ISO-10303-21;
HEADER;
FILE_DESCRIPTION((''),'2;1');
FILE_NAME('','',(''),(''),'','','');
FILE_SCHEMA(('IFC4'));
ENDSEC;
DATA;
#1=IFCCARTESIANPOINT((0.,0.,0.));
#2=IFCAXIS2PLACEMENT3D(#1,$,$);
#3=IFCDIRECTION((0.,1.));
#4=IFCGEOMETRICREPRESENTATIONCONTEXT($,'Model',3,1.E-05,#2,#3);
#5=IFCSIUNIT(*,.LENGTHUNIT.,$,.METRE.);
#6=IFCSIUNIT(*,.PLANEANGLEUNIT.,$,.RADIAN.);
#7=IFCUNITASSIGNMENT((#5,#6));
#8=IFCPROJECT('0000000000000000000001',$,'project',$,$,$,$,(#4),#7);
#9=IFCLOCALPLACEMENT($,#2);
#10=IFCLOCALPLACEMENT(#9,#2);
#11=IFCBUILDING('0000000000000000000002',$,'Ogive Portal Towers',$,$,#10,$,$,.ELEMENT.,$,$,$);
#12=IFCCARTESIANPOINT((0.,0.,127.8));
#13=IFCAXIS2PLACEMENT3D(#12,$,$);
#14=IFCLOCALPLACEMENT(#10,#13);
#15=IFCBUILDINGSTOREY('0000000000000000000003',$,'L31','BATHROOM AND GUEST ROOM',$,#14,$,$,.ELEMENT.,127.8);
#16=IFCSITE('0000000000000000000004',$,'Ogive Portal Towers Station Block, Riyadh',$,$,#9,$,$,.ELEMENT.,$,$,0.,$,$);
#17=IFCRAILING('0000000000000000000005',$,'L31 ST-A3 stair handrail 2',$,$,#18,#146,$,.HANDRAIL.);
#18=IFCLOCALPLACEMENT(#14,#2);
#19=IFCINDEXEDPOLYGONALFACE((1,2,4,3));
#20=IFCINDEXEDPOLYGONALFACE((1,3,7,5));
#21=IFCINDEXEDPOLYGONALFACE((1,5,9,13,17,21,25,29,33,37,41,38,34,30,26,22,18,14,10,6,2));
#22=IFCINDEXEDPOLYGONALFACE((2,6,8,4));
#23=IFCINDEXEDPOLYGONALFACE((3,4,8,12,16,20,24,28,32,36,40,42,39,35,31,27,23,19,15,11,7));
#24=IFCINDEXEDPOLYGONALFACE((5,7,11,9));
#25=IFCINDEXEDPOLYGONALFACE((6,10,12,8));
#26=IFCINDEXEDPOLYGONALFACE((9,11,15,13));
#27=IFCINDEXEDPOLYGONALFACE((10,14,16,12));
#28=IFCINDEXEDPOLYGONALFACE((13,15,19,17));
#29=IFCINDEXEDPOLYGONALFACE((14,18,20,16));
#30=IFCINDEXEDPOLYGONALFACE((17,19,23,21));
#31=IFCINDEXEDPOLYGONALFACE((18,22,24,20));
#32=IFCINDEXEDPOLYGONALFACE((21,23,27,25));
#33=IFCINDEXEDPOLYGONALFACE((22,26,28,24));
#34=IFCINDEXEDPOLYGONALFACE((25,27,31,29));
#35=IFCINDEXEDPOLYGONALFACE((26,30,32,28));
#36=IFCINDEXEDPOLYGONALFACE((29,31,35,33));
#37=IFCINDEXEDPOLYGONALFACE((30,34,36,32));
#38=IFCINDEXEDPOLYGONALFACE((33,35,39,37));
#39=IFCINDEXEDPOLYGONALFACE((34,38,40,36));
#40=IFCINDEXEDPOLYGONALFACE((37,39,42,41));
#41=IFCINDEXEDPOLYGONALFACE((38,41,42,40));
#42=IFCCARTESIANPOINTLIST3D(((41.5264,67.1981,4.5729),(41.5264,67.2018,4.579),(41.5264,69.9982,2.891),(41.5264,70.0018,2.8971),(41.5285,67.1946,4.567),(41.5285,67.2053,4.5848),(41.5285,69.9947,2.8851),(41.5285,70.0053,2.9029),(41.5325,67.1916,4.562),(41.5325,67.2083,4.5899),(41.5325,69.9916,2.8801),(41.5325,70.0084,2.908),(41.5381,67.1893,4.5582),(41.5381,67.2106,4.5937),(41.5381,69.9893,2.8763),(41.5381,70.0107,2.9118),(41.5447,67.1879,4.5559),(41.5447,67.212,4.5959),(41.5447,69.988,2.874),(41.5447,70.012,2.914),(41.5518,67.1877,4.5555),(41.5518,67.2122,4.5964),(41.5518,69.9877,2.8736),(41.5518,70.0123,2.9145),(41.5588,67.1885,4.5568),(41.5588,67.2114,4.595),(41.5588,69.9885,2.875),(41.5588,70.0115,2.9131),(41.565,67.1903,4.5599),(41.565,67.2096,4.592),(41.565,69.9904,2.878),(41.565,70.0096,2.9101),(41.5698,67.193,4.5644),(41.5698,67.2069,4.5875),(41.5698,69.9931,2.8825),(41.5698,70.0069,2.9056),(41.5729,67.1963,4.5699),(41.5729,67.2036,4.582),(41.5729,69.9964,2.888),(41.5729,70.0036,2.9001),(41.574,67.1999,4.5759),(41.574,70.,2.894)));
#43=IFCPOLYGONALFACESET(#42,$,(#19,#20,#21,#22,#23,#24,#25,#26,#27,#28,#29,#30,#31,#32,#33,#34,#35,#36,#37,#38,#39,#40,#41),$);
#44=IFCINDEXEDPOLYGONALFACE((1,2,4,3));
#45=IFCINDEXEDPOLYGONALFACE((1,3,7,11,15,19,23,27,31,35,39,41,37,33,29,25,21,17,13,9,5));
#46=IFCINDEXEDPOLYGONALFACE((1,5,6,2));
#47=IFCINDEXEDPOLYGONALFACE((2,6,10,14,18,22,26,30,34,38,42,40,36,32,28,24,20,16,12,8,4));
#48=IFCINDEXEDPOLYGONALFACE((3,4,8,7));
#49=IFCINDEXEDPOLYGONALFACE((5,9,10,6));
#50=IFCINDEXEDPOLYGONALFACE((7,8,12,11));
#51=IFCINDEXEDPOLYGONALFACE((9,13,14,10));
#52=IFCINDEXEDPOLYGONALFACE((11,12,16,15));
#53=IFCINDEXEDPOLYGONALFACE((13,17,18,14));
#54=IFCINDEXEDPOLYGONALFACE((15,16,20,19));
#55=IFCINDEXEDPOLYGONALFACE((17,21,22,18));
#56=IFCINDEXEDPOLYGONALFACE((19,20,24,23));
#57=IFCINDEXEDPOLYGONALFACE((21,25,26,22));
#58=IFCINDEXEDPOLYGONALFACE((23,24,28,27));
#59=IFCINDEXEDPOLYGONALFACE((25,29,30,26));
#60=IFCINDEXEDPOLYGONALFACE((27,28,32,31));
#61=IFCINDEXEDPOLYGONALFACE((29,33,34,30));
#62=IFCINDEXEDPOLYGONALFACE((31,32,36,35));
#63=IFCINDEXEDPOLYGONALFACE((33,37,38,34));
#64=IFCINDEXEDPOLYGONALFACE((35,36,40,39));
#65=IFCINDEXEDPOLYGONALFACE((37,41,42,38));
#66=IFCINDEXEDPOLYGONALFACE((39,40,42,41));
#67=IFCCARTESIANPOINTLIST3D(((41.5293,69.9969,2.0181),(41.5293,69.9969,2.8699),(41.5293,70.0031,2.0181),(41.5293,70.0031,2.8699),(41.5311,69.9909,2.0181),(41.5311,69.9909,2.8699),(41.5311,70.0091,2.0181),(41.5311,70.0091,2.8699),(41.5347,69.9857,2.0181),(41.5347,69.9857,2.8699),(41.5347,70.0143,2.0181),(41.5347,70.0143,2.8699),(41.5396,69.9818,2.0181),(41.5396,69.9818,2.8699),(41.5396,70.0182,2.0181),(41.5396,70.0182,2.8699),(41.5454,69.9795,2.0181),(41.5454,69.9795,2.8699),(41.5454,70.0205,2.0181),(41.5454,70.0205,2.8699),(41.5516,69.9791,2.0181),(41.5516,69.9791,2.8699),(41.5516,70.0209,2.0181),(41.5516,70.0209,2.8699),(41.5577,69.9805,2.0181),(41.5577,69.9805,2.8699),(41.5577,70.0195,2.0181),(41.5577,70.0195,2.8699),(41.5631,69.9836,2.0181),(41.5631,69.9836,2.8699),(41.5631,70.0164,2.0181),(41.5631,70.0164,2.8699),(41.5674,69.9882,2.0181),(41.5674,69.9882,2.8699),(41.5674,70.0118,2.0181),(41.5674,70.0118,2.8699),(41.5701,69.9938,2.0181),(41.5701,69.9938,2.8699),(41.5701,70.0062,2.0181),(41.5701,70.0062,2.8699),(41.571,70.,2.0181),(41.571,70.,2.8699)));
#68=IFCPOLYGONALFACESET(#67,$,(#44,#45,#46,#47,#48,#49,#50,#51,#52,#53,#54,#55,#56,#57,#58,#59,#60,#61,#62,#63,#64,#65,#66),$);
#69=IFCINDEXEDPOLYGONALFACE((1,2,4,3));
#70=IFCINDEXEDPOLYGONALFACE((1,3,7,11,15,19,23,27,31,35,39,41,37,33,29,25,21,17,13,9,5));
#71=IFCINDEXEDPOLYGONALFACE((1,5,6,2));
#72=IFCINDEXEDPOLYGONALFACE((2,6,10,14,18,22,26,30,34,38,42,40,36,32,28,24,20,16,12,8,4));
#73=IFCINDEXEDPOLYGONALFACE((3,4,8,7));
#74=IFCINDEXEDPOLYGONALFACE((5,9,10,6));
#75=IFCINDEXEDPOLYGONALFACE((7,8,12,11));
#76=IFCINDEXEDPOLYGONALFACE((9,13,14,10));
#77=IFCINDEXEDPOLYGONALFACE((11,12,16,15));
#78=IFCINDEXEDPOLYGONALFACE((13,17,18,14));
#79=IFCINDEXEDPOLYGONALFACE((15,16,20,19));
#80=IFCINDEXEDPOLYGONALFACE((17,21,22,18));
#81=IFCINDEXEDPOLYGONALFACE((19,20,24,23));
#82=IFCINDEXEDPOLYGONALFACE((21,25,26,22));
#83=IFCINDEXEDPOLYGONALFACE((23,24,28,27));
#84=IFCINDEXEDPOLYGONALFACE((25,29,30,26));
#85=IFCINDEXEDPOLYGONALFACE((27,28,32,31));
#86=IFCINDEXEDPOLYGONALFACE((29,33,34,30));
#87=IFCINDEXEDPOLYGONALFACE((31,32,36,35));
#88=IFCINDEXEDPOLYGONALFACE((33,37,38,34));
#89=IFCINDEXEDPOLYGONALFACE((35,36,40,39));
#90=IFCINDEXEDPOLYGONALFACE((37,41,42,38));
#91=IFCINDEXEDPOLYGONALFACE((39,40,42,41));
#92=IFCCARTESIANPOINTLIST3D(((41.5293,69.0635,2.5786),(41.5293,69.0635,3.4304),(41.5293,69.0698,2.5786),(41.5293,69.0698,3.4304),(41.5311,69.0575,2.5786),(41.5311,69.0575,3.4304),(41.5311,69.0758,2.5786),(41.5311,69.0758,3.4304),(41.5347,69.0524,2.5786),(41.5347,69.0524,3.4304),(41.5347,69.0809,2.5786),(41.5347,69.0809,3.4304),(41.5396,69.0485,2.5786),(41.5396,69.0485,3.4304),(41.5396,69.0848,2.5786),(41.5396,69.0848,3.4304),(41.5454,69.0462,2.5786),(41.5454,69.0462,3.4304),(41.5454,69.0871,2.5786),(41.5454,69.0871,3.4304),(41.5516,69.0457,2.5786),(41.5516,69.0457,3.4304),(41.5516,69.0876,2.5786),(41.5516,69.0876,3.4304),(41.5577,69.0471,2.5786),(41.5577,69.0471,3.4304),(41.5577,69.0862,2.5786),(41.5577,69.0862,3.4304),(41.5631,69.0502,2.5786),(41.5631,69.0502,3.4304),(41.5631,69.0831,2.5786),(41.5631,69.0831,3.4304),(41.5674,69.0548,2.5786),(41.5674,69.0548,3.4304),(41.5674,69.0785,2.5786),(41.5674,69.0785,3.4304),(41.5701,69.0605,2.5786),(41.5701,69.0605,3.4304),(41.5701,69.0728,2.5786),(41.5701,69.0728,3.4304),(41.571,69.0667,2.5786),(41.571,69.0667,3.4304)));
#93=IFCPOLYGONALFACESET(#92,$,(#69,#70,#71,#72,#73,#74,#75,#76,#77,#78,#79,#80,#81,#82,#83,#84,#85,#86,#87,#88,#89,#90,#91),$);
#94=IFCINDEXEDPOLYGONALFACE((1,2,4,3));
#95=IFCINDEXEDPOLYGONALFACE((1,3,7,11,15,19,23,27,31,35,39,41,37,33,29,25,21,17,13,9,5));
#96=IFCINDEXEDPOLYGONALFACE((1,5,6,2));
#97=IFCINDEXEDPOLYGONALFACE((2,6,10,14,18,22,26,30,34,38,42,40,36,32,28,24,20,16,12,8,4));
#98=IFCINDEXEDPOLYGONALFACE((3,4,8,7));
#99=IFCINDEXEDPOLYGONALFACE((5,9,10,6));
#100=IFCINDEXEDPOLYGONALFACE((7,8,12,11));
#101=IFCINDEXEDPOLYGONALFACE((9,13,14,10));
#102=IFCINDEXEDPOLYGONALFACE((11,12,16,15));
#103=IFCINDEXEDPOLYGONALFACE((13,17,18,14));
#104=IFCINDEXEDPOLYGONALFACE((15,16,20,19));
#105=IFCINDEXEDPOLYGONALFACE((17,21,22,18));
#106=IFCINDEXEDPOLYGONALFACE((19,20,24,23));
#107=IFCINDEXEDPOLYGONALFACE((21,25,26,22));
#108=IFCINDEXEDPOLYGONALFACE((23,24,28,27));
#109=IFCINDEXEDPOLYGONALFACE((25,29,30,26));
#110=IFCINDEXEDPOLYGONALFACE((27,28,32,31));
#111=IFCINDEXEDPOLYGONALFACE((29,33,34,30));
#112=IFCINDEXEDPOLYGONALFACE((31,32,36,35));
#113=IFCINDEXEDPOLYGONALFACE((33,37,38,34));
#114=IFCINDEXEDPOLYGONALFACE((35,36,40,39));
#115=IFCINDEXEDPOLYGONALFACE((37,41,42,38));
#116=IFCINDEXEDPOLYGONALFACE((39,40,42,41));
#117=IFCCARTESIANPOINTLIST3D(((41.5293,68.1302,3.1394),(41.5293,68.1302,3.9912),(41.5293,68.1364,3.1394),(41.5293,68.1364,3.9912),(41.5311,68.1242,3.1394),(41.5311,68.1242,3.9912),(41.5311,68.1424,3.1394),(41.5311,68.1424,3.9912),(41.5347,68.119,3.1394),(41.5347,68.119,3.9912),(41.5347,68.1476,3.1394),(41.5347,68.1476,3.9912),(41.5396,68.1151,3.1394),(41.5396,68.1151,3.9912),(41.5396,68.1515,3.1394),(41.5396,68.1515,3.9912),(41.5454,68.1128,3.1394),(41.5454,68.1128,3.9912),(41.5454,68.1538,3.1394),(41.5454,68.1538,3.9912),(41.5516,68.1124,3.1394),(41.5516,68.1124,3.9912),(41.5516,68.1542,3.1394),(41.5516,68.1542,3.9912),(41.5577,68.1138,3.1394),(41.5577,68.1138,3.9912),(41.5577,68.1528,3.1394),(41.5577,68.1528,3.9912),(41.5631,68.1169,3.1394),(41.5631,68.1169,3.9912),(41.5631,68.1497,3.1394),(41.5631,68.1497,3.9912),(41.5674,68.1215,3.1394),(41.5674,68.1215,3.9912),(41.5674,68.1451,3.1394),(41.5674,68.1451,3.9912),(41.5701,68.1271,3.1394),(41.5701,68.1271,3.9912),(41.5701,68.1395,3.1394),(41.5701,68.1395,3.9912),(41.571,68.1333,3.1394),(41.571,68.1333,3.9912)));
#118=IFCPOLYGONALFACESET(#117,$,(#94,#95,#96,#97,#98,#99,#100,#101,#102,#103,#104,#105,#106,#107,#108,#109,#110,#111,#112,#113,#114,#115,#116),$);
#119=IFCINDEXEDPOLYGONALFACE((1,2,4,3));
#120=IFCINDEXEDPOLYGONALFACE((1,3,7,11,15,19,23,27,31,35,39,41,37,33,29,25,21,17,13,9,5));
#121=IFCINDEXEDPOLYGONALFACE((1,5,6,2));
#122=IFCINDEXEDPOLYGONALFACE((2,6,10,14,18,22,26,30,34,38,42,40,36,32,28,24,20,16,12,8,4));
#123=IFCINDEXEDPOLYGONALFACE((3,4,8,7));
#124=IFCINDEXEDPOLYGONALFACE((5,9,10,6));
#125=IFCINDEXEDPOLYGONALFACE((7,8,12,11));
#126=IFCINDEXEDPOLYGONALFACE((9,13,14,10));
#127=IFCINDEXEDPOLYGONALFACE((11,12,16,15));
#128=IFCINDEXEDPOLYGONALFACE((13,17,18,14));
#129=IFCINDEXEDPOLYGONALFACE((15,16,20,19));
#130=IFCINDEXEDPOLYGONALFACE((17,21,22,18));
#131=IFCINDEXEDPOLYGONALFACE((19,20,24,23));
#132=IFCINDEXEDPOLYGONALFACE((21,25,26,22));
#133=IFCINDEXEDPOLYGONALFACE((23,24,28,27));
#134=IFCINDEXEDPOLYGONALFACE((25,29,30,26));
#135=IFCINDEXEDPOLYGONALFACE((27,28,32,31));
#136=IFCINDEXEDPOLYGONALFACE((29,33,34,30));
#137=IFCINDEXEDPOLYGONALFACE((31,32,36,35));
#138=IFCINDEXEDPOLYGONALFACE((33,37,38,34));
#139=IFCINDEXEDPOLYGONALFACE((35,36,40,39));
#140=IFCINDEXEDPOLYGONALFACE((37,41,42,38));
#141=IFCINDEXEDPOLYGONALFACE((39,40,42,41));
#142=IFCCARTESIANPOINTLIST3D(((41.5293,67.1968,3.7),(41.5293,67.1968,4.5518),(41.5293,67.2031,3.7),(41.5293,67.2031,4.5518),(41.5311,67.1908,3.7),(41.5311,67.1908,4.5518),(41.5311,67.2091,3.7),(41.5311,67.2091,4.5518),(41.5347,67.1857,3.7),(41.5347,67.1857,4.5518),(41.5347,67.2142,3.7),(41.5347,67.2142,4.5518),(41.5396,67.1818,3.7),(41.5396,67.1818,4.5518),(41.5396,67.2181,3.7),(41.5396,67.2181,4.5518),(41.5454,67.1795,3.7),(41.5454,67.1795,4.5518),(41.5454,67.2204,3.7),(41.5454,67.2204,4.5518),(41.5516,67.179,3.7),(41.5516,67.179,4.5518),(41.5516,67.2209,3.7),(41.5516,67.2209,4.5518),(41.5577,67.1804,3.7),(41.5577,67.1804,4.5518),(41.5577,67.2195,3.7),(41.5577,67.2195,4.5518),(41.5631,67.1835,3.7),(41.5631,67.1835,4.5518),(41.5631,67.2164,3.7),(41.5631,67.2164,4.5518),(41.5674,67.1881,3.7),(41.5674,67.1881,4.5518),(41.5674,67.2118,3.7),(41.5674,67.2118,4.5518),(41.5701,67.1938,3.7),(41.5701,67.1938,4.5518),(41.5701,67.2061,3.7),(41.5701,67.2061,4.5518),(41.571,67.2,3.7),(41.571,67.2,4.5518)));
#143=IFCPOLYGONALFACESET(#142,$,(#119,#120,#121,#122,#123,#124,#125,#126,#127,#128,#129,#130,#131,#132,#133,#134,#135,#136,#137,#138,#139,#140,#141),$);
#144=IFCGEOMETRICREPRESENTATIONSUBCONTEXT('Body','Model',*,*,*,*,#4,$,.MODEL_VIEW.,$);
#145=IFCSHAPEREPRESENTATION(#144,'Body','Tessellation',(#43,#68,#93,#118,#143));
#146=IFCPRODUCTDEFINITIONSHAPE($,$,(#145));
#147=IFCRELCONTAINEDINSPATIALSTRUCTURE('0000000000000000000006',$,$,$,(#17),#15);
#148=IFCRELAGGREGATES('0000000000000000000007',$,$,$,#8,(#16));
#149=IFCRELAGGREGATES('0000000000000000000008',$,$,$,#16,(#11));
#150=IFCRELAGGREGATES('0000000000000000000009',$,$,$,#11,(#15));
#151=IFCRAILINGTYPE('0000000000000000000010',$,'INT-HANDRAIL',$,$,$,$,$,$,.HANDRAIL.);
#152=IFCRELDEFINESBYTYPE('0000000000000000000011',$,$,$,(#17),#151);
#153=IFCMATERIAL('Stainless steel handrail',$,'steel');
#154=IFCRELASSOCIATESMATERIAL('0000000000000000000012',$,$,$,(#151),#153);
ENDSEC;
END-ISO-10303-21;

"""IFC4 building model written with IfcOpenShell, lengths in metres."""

from ifc_helpers import new_model, si_unit, direction, frame, origin, origin_2d, place, context, subcontext, project, spatial, circle, extrude, material, type_object, element, save


model = new_model("IFC4")

# Units and contexts
model_context = context("Model", 3, precision=1e-05, world=origin(), true_north=direction((0.0, 1.0)))
body_context = subcontext(model_context, "Body", "Model", "MODEL_VIEW")
ifc_project = project(units=[si_unit("LENGTHUNIT", "METRE"), si_unit("PLANEANGLEUNIT", "RADIAN")], contexts=[model_context])

# Site, building, storey
site_placement = place(None, origin())
site = spatial("IfcSite", under=ifc_project, at=site_placement, Name="Ogive Portal Towers Station Block, Riyadh", CompositionType="ELEMENT", RefElevation=0.0)
building_placement = place(site_placement, origin())
building = spatial("IfcBuilding", under=site, at=building_placement, Name="Ogive Portal Towers", CompositionType="ELEMENT")
storey_placement = place(building_placement, frame((0.0, 0.0, 127.8)))
storey = spatial("IfcBuildingStorey", under=building, at=storey_placement, Name="L31", Description="BATHROOM AND GUEST ROOM", CompositionType="ELEMENT", Elevation=127.8)

# Railing
ifc_material_1 = material(Name="Stainless steel handrail", Category="steel")
railing_type_1 = type_object("IfcRailingType", Name="INT-HANDRAIL", PredefinedType="HANDRAIL", material=ifc_material_1)
railing_1_placement = place(storey_placement, frame((41.55, 70.0, 2.0181)))
element("IfcRailing", 1, at=railing_1_placement, inside=storey, type_object=railing_type_1, Name="L31 ST-A3 stair handrail 2", PredefinedType="HANDRAIL", context=body_context, shape_type="SweptSolid", body=[
    extrude(circle(Radius=0.0239, at=origin_2d()), frame((0.0, 0.0, 0.876), z_axis=(0.0, -0.857242, 0.514913), x_axis=(1.0, 0.0, 0.0)), (0.0, 0.0, 1.0), 3.2664),
    extrude(circle(Radius=0.021, at=origin_2d()), origin(), (0.0, 0.0, 1.0), 0.8518),
    extrude(circle(Radius=0.021, at=origin_2d()), frame((0.0, -0.9333, 0.5605)), (0.0, 0.0, 1.0), 0.8518),
    extrude(circle(Radius=0.021, at=origin_2d()), frame((0.0, -1.8667, 1.1213)), (0.0, 0.0, 1.0), 0.8518),
    extrude(circle(Radius=0.021, at=origin_2d()), frame((0.0, -2.8, 1.6819)), (0.0, 0.0, 1.0), 0.8518),
])

save(model, "model.ifc")
